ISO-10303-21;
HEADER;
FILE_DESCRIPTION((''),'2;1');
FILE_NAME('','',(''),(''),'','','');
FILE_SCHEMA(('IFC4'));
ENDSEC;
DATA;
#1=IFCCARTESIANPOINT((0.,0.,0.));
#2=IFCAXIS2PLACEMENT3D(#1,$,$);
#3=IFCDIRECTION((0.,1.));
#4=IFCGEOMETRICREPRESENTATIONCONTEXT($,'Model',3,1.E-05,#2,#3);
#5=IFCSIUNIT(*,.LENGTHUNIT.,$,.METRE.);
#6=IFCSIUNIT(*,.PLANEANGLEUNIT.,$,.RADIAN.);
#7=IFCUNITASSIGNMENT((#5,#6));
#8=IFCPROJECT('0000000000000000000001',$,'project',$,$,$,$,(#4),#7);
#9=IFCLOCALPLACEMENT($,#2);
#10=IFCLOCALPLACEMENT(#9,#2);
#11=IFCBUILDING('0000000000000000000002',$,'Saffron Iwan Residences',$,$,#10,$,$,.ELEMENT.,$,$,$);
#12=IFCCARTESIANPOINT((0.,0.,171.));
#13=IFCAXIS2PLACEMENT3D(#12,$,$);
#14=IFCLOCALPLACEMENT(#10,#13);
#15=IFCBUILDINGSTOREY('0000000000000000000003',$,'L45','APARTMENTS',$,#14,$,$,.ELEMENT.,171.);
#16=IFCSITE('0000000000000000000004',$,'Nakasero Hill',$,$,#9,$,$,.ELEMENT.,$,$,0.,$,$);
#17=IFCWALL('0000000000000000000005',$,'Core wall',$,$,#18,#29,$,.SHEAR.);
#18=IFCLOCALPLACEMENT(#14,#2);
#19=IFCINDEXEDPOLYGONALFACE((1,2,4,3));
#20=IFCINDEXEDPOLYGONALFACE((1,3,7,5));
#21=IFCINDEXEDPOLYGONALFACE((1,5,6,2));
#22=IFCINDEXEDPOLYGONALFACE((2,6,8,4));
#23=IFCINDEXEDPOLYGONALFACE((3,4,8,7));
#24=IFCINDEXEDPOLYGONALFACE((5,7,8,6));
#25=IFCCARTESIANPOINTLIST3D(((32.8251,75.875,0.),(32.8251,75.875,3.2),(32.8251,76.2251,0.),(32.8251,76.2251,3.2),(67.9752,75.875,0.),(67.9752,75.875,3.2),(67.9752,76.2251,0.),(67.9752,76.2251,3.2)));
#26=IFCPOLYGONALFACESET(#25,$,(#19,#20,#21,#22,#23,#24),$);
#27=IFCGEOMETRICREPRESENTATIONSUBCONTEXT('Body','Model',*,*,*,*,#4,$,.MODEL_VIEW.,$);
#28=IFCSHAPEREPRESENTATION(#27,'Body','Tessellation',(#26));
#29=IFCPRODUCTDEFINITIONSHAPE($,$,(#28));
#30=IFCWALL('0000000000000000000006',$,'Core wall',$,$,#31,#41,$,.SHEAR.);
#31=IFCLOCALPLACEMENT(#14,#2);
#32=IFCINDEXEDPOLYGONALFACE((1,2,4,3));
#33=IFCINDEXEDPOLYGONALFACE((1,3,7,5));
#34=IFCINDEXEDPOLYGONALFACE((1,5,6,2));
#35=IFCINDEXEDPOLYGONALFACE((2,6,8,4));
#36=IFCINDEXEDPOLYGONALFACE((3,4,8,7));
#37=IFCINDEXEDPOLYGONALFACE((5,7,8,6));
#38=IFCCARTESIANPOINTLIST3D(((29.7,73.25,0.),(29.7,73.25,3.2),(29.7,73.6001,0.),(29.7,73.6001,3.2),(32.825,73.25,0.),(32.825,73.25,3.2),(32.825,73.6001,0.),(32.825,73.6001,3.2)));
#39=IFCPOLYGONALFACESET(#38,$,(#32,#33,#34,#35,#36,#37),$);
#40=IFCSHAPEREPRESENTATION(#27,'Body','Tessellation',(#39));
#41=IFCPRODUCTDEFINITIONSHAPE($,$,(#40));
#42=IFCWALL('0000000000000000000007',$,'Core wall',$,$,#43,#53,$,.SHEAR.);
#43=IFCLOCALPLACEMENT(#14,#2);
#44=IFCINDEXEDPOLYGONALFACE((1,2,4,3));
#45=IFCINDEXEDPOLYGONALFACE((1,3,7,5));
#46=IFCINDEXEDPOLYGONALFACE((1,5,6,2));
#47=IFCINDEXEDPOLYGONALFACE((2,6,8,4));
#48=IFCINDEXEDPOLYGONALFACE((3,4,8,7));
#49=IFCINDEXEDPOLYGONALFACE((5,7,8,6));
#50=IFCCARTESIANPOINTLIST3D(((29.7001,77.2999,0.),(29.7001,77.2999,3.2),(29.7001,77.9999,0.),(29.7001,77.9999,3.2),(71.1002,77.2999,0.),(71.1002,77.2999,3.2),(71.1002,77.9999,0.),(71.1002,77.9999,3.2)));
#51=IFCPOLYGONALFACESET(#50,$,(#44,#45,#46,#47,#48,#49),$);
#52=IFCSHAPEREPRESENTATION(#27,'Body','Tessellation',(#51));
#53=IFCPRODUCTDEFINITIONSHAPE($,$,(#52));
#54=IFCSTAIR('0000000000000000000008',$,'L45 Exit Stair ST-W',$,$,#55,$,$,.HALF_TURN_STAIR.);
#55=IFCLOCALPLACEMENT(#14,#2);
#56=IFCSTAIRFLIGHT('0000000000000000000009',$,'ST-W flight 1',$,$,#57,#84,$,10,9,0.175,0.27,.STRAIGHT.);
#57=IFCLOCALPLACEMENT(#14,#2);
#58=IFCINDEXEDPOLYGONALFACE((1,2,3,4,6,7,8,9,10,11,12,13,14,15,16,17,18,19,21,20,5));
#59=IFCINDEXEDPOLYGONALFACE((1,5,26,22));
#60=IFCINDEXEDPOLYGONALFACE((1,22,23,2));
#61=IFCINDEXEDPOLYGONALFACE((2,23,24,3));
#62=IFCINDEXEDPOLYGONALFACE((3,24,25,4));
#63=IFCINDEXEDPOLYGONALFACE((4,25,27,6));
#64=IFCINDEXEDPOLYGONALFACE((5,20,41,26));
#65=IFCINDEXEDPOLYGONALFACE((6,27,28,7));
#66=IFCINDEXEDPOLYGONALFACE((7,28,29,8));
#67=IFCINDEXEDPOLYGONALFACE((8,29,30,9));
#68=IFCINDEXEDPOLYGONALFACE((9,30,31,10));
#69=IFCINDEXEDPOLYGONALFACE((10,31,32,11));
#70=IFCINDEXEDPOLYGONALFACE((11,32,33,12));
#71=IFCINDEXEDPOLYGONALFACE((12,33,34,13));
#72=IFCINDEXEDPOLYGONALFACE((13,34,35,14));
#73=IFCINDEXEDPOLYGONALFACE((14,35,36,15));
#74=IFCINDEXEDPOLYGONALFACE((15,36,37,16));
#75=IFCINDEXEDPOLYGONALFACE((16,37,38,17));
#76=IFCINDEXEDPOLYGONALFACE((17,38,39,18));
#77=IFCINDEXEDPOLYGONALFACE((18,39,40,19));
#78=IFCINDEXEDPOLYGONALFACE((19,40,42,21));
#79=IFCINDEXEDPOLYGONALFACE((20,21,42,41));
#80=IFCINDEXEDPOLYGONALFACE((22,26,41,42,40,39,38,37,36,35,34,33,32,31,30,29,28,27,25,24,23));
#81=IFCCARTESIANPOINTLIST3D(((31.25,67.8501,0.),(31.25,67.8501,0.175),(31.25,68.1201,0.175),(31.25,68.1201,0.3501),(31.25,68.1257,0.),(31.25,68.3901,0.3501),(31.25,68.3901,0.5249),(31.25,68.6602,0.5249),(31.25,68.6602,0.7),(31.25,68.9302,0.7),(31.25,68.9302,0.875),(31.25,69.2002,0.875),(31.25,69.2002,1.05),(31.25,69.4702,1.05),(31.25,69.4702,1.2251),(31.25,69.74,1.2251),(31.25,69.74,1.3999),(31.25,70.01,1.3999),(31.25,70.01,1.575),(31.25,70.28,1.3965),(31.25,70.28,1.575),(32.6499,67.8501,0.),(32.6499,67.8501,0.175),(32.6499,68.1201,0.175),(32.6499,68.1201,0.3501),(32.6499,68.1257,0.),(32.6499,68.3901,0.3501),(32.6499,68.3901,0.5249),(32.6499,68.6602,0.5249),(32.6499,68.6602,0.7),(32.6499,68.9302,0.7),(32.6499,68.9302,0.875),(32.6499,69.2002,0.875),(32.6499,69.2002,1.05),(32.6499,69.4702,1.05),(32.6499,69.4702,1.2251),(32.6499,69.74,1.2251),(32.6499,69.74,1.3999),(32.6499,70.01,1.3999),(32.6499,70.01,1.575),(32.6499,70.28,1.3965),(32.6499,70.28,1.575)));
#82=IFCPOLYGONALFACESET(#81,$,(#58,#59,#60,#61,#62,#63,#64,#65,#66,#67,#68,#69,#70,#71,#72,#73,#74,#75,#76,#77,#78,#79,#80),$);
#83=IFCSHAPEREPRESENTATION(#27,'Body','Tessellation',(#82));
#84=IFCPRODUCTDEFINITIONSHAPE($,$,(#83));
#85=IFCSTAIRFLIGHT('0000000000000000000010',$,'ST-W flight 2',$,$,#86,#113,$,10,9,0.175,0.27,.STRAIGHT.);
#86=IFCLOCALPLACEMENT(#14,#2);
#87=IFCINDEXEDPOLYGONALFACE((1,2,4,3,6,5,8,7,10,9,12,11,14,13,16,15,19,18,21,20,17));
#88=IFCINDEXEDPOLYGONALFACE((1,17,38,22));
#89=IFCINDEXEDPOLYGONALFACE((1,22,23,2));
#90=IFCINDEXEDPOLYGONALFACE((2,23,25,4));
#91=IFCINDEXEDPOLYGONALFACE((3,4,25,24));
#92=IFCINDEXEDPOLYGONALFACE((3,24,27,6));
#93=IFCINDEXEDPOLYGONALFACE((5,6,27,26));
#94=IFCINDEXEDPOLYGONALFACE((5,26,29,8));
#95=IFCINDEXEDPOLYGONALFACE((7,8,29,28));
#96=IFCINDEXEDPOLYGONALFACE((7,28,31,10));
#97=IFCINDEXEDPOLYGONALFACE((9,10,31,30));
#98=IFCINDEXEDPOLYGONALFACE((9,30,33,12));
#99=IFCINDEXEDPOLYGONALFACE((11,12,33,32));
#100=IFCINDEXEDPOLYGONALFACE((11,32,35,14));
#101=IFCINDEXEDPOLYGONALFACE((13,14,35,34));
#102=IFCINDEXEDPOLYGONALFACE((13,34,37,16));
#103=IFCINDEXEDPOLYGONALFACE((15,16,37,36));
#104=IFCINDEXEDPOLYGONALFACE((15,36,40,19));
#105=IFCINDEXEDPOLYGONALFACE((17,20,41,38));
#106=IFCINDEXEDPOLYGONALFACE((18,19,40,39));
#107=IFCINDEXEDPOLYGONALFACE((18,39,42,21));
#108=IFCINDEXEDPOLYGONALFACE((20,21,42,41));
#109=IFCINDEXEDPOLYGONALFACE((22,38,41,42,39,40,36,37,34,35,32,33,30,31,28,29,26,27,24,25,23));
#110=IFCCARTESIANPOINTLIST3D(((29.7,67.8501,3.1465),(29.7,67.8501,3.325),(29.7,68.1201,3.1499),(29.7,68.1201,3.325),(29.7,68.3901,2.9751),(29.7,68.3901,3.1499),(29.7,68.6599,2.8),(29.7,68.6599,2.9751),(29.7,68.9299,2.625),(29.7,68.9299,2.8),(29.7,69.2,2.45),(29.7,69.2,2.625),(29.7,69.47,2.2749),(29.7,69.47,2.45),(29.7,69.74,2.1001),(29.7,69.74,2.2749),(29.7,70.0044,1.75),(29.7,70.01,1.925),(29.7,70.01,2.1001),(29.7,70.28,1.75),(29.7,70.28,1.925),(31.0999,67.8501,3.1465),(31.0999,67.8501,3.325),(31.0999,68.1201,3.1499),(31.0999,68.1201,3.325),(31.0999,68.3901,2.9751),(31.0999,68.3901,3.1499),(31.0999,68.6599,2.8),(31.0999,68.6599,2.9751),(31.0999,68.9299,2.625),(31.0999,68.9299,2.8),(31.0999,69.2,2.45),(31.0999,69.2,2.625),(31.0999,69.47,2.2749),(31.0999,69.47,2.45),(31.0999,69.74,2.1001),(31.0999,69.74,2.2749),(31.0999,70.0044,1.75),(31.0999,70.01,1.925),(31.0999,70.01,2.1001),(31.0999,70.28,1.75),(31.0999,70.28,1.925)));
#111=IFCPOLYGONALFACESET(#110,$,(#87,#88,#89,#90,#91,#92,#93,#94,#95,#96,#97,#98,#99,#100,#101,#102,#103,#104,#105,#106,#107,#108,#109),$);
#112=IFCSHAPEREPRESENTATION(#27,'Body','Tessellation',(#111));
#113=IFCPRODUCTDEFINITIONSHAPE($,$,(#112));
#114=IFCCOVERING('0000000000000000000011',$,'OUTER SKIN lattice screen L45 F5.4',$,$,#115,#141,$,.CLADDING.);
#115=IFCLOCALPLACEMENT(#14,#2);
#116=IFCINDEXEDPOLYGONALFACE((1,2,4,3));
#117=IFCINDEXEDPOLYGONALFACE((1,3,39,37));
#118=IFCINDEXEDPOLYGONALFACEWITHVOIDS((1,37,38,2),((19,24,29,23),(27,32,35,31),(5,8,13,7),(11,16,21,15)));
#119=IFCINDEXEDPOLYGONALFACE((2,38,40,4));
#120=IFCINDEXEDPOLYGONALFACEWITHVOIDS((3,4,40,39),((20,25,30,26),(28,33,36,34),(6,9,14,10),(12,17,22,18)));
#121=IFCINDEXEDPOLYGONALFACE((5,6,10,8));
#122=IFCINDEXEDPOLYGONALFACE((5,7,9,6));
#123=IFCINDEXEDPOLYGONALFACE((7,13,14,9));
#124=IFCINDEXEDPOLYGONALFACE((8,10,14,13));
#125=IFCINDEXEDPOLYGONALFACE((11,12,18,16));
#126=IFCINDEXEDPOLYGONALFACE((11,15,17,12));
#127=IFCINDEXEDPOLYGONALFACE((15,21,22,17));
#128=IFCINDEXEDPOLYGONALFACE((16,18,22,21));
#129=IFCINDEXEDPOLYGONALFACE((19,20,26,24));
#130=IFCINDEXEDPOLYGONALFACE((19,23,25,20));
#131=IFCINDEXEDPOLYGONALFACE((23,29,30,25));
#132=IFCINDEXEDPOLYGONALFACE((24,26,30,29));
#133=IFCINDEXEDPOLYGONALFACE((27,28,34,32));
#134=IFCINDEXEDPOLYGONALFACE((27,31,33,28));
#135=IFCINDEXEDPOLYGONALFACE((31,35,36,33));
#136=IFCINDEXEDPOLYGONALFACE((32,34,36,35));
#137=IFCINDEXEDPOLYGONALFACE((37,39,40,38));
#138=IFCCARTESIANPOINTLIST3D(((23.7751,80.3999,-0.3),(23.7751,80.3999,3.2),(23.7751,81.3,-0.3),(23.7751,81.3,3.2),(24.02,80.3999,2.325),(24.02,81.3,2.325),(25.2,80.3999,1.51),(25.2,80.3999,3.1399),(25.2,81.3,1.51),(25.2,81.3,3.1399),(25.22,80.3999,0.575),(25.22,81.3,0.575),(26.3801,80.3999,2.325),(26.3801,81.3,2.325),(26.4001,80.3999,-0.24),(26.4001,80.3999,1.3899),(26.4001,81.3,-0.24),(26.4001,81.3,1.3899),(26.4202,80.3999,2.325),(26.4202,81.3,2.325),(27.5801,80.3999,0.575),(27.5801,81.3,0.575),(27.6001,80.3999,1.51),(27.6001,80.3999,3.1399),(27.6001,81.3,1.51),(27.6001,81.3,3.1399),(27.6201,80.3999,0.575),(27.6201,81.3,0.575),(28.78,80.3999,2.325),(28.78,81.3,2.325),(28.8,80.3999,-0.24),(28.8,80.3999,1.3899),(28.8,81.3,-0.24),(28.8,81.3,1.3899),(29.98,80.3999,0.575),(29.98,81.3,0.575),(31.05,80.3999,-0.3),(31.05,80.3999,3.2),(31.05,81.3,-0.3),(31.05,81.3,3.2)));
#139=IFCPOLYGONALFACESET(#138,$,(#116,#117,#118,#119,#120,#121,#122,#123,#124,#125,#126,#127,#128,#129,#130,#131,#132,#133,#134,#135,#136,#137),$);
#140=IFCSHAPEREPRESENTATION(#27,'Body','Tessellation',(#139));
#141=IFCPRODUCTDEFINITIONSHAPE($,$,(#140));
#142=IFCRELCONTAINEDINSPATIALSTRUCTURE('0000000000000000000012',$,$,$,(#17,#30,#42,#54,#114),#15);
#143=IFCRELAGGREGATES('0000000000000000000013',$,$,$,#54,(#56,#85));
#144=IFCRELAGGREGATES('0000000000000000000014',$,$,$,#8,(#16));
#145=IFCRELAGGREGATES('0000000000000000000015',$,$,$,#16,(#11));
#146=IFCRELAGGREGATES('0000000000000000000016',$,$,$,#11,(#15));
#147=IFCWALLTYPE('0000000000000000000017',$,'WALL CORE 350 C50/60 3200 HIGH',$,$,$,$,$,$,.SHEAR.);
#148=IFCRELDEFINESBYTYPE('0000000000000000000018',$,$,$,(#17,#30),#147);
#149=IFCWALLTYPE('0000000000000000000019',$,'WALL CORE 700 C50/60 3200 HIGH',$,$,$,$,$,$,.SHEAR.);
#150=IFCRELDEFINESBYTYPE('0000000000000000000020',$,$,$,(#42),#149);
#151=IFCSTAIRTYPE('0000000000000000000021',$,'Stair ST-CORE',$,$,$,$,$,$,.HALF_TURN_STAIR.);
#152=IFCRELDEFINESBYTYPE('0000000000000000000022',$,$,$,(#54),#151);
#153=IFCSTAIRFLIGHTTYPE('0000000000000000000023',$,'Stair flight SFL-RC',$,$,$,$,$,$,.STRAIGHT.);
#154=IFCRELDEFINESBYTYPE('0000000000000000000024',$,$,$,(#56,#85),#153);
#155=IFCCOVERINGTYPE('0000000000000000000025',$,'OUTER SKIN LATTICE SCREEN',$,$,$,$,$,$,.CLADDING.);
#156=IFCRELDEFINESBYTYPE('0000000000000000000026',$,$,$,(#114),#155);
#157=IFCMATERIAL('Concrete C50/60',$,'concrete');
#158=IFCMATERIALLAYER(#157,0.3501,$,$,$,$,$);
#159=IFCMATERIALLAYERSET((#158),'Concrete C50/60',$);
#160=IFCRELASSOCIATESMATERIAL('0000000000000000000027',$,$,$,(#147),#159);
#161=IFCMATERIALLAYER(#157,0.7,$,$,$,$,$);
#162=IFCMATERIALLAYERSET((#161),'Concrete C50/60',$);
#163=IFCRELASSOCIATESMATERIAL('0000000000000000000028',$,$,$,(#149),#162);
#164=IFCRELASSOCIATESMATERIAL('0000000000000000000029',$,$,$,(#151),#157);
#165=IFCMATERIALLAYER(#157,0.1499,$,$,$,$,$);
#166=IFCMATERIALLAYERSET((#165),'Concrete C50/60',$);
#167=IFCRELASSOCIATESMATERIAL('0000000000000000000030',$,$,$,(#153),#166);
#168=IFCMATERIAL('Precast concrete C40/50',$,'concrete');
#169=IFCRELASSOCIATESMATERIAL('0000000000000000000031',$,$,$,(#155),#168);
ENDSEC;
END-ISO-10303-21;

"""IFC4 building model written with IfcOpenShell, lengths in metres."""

from ifc_helpers import new_model, si_unit, direction, frame, frame_2d, origin, place, context, subcontext, project, spatial, polyline, rectangle, outline, extrude, material, layer, layer_set, type_object, element, aggregate, save


model = new_model("IFC4")

# Units and contexts
model_context = context("Model", 3, precision=1e-05, world=origin(), true_north=direction((0.0, 1.0)))
body_context = subcontext(model_context, "Body", "Model", "MODEL_VIEW")
ifc_project = project(units=[si_unit("LENGTHUNIT", "METRE"), si_unit("PLANEANGLEUNIT", "RADIAN")], contexts=[model_context])

# Site, building, storey
site_placement = place(None, origin())
site = spatial("IfcSite", under=ifc_project, at=site_placement, Name="Nakasero Hill", CompositionType="ELEMENT", RefElevation=0.0)
building_placement = place(site_placement, origin())
building = spatial("IfcBuilding", under=site, at=building_placement, Name="Saffron Iwan Residences", CompositionType="ELEMENT")
storey_placement = place(building_placement, frame((0.0, 0.0, 171.0)))
storey = spatial("IfcBuildingStorey", under=building, at=storey_placement, Name="L45", Description="APARTMENTS", CompositionType="ELEMENT", Elevation=171.0)

# Shared definitions
ifc_material_1 = material(Name="Concrete C50/60", Category="concrete")
ifc_layer_1 = layer(ifc_material_1, 0.3501)
ifc_layer_set_1 = layer_set([ifc_layer_1], Name="Concrete C50/60")
wall_type_1 = type_object("IfcWallType", Name="WALL CORE 350 C50/60 3200 HIGH", PredefinedType="SHEAR", material=ifc_layer_set_1)

# Walls
wall_1_placement = place(storey_placement, frame((32.825, 76.05, 0.0), z_axis=(0.0, 0.0, 1.0), x_axis=(1.0, 0.0, 0.0)))
element("IfcWall", 1, at=wall_1_placement, inside=storey, type_object=wall_type_1, Name="Core wall", PredefinedType="SHEAR", context=body_context, shape_type="SweptSolid", body=[
    extrude(rectangle(XDim=35.1501, YDim=0.3501, at=frame_2d((17.5752, 0.0))), origin(), (0.0, 0.0, 1.0), 3.2),
])
wall_2_placement = place(storey_placement, frame((29.7, 73.425, 0.0), z_axis=(0.0, 0.0, 1.0), x_axis=(1.0, 0.0, 0.0)))
element("IfcWall", 2, at=wall_2_placement, inside=storey, type_object=wall_type_1, Name="Core wall", PredefinedType="SHEAR", context=body_context, shape_type="SweptSolid", body=[
    extrude(rectangle(XDim=3.125, YDim=0.3501, at=frame_2d((1.5625, 0.0))), origin(), (0.0, 0.0, 1.0), 3.2),
])
ifc_layer_2 = layer(ifc_material_1, 0.7)
ifc_layer_set_2 = layer_set([ifc_layer_2], Name="Concrete C50/60")
wall_type_2 = type_object("IfcWallType", Name="WALL CORE 700 C50/60 3200 HIGH", PredefinedType="SHEAR", material=ifc_layer_set_2)
wall_3_placement = place(storey_placement, frame((29.7, 77.6499, 0.0), z_axis=(0.0, 0.0, 1.0), x_axis=(1.0, 0.0, 0.0)))
element("IfcWall", 3, at=wall_3_placement, inside=storey, type_object=wall_type_2, Name="Core wall", PredefinedType="SHEAR", context=body_context, shape_type="SweptSolid", body=[
    extrude(rectangle(XDim=41.4001, YDim=0.7, at=frame_2d((20.7002, 0.0))), origin(), (0.0, 0.0, 1.0), 3.2),
])

# Stair, stair flights
stair_type = type_object("IfcStairType", Name="Stair ST-CORE", PredefinedType="HALF_TURN_STAIR", material=ifc_material_1)
stair_placement = place(storey_placement, origin())
stair = element("IfcStair", 4, at=stair_placement, inside=storey, type_object=stair_type, Name="L45 Exit Stair ST-W", PredefinedType="HALF_TURN_STAIR")
ifc_layer_3 = layer(ifc_material_1, 0.1499)
ifc_layer_set_3 = layer_set([ifc_layer_3], Name="Concrete C50/60")
stair_flight_type = type_object("IfcStairFlightType", Name="Stair flight SFL-RC", PredefinedType="STRAIGHT", material=ifc_layer_set_3)
stair_flight_1_placement = place(storey_placement, frame((31.95, 67.8501, 0.0), z_axis=(0.0, 0.0, 1.0), x_axis=(0.0, 1.0, 0.0)))
stair_flight_1 = element("IfcStairFlight", 5, at=stair_flight_1_placement, type_object=stair_flight_type, Name="ST-W flight 1", NumberOfRisers=10, NumberOfTreads=9, PredefinedType="STRAIGHT", RiserHeight=0.175, TreadLength=0.27, context=body_context, shape_type="SweptSolid", body=[
    extrude(outline(polyline([(0.0, 0.0), (0.0, 0.175), (0.27, 0.175), (0.27, 0.3501), (0.54, 0.3501), (0.54, 0.5249), (0.8101, 0.5249), (0.8101, 0.7), (1.0801, 0.7), (1.0801, 0.875), (1.3501, 0.875), (1.3501, 1.05), (1.6201, 1.05), (1.6201, 1.2251), (1.8899, 1.2251), (1.8899, 1.3999), (2.1599, 1.3999), (2.1599, 1.575), (2.4299, 1.575), (2.4299, 1.75), (2.4299, 1.3965), (0.2756, 0.0), (0.0, 0.0)])), frame((0.0, 0.7, 0.0), z_axis=(0.0, -1.0, 0.0), x_axis=(1.0, 0.0, 0.0)), (0.0, 0.0, 1.0), 1.3999),
])
stair_flight_2_placement = place(storey_placement, frame((30.3999, 70.28, 1.75), z_axis=(0.0, 0.0, 1.0), x_axis=(0.0, -1.0, 0.0)))
stair_flight_2 = element("IfcStairFlight", 6, at=stair_flight_2_placement, type_object=stair_flight_type, Name="ST-W flight 2", NumberOfRisers=10, NumberOfTreads=9, PredefinedType="STRAIGHT", RiserHeight=0.175, TreadLength=0.27, context=body_context, shape_type="SweptSolid", body=[
    extrude(outline(polyline([(0.0, 0.0), (0.0, 0.175), (0.27, 0.175), (0.27, 0.3501), (0.54, 0.3501), (0.54, 0.5249), (0.8101, 0.5249), (0.8101, 0.7), (1.0801, 0.7), (1.0801, 0.875), (1.3501, 0.875), (1.3501, 1.05), (1.6201, 1.05), (1.6201, 1.2251), (1.8899, 1.2251), (1.8899, 1.3999), (2.1599, 1.3999), (2.1599, 1.575), (2.4299, 1.575), (2.4299, 1.75), (2.4299, 1.3965), (0.2756, 0.0), (0.0, 0.0)])), frame((0.0, 0.7, 0.0), z_axis=(0.0, -1.0, 0.0), x_axis=(1.0, 0.0, 0.0)), (0.0, 0.0, 1.0), 1.3999),
])
aggregate(stair, [stair_flight_1, stair_flight_2])

# Covering
ifc_material_2 = material(Name="Precast concrete C40/50", Category="concrete")
covering_type_1 = type_object("IfcCoveringType", Name="OUTER SKIN LATTICE SCREEN", PredefinedType="CLADDING", material=ifc_material_2)
covering_1_placement = place(storey_placement, frame((31.05, 80.3999, -0.3), z_axis=(0.0, 1.0, 0.0), x_axis=(-1.0, 0.0, 0.0)))
element("IfcCovering", 7, at=covering_1_placement, inside=storey, type_object=covering_type_1, Name="OUTER SKIN lattice screen L45 F5.4", PredefinedType="CLADDING", context=body_context, shape_type="SweptSolid", body=[
    extrude(outline(polyline([(0.0, 0.0), (7.2749, 0.0), (7.2749, 3.5), (0.0, 3.5), (0.0, 0.0)]), holes=[polyline([(1.0701, 0.875), (2.25, 0.0601), (3.4299, 0.875), (2.25, 1.6899), (1.0701, 0.875)]), polyline([(3.47, 0.875), (4.6499, 0.0601), (5.8301, 0.875), (4.6499, 1.6899), (3.47, 0.875)]), polyline([(2.27, 2.625), (3.45, 1.8101), (4.6299, 2.625), (3.45, 3.4399), (2.27, 2.625)]), polyline([(4.6699, 2.625), (5.8501, 1.8101), (7.03, 2.625), (5.8501, 3.4399), (4.6699, 2.625)])]), origin(), (0.0, 0.0, 1.0), 0.9001),
])

save(model, "model.ifc")
